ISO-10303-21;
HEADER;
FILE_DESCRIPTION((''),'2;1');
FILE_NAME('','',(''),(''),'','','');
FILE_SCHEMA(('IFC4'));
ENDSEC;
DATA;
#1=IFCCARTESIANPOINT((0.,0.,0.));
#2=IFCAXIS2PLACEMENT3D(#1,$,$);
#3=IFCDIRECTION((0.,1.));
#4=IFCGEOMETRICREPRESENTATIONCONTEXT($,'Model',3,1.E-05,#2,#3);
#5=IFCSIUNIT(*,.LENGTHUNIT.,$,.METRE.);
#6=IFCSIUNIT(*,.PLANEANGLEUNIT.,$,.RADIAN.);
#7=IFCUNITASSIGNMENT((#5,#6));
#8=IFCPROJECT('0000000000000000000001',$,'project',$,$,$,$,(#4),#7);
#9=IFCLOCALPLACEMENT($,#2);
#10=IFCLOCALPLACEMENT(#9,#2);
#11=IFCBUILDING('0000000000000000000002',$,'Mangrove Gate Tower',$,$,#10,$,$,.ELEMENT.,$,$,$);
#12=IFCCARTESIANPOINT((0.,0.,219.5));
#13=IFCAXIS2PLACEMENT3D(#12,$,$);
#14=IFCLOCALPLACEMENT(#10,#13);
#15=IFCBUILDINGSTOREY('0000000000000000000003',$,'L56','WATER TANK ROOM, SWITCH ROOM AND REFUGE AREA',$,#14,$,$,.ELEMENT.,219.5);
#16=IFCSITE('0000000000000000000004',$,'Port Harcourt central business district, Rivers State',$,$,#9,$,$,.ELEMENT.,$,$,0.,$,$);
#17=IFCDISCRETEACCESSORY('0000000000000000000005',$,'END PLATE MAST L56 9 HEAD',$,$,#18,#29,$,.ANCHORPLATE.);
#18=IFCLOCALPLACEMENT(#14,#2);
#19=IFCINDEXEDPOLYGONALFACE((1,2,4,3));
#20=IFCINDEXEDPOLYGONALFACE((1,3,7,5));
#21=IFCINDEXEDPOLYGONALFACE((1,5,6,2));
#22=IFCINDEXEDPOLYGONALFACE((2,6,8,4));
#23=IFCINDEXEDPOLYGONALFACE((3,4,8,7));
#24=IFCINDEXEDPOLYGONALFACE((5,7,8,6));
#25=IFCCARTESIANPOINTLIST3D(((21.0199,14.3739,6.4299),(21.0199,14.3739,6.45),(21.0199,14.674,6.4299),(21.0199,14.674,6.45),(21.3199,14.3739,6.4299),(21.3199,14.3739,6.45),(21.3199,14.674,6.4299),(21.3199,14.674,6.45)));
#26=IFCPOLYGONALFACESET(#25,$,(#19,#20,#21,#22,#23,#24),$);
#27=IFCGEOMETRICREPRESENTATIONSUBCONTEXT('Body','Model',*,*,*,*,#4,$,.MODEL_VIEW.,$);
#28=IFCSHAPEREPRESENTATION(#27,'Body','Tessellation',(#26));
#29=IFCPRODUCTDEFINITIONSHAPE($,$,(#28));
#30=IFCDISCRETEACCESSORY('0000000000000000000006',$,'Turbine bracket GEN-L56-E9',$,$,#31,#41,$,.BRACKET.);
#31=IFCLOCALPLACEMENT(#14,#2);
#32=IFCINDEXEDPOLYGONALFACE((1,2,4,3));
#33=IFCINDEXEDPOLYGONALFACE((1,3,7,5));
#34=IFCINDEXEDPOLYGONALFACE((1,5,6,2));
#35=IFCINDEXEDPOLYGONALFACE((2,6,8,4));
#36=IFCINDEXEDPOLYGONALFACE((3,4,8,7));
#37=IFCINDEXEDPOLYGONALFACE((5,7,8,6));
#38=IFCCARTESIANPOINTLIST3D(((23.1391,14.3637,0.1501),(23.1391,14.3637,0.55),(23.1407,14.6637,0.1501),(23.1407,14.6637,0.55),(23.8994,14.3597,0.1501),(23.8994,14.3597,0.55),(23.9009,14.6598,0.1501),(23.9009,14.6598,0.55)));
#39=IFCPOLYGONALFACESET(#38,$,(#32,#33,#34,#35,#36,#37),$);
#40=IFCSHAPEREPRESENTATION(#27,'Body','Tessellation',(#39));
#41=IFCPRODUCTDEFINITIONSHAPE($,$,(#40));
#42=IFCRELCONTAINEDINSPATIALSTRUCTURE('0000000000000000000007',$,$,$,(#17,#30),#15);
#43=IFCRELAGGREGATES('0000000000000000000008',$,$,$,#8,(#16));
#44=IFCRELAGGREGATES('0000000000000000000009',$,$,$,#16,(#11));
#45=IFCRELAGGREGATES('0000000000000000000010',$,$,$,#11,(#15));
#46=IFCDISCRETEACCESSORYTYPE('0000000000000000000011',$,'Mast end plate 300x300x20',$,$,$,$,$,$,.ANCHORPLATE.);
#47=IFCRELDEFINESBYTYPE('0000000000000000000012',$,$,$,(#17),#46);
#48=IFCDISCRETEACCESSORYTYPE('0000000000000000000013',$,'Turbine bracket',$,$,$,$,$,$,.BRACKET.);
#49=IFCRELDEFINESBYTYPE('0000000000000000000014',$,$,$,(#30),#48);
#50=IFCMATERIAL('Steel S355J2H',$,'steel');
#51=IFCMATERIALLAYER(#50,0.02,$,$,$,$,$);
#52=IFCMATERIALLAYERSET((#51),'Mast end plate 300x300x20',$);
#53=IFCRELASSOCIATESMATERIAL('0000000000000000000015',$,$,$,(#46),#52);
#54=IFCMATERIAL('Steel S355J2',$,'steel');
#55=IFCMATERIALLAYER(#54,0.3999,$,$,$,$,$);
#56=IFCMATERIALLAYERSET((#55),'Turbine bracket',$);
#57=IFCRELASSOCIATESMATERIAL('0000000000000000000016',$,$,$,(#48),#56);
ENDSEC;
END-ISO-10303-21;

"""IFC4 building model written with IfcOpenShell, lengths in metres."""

from ifc_helpers import new_model, si_unit, direction, frame, origin, origin_2d, place, context, subcontext, project, spatial, rectangle, extrude, material, layer, layer_set, type_object, element, save


model = new_model("IFC4")

# Units and contexts
model_context = context("Model", 3, precision=1e-05, world=origin(), true_north=direction((0.0, 1.0)))
body_context = subcontext(model_context, "Body", "Model", "MODEL_VIEW")
ifc_project = project(units=[si_unit("LENGTHUNIT", "METRE"), si_unit("PLANEANGLEUNIT", "RADIAN")], contexts=[model_context])

# Site, building, storey
site_placement = place(None, origin())
site = spatial("IfcSite", under=ifc_project, at=site_placement, Name="Port Harcourt central business district, Rivers State", CompositionType="ELEMENT", RefElevation=0.0)
building_placement = place(site_placement, origin())
building = spatial("IfcBuilding", under=site, at=building_placement, Name="Mangrove Gate Tower", CompositionType="ELEMENT")
storey_placement = place(building_placement, frame((0.0, 0.0, 219.5)))
storey = spatial("IfcBuildingStorey", under=building, at=storey_placement, Name="L56", Description="WATER TANK ROOM, SWITCH ROOM AND REFUGE AREA", CompositionType="ELEMENT", Elevation=219.5)

# Discrete accessories
ifc_material_1 = material(Name="Steel S355J2H", Category="steel")
ifc_layer_1 = layer(ifc_material_1, 0.02)
ifc_layer_set_1 = layer_set([ifc_layer_1], Name="Mast end plate 300x300x20")
discrete_accessory_type_1 = type_object("IfcDiscreteAccessoryType", Name="Mast end plate 300x300x20", PredefinedType="ANCHORPLATE", material=ifc_layer_set_1)
for number, where, z_axis, x_axis, name in (
    (1, (21.1699, 14.5239, 6.4299), (0.0, 0.0, 1.0), (1.0, 0.0, 0.0), "END PLATE MAST L56 9 HEAD"),
):
    element("IfcDiscreteAccessory", number, at=place(storey_placement, frame(where, z_axis=z_axis, x_axis=x_axis)), inside=storey, type_object=discrete_accessory_type_1, Name=name, PredefinedType="ANCHORPLATE", context=body_context, shape_type="SweptSolid", body=[
        extrude(rectangle(XDim=0.3, YDim=0.3, at=origin_2d()), origin(), (0.0, 0.0, 1.0), 0.02),
    ])
ifc_material_2 = material(Name="Steel S355J2", Category="steel")
ifc_layer_2 = layer(ifc_material_2, 0.3999)
ifc_layer_set_2 = layer_set([ifc_layer_2], Name="Turbine bracket")
discrete_accessory_type_2 = type_object("IfcDiscreteAccessoryType", Name="Turbine bracket", PredefinedType="BRACKET", material=ifc_layer_set_2)
discrete_accessory_placement = place(storey_placement, frame((23.52, 14.5117, 0.1501), z_axis=(0.0, 0.0, 1.0), x_axis=(-0.999986, 0.005199, 0.0)))
element("IfcDiscreteAccessory", 2, at=discrete_accessory_placement, inside=storey, type_object=discrete_accessory_type_2, Name="Turbine bracket GEN-L56-E9", PredefinedType="BRACKET", context=body_context, shape_type="SweptSolid", body=[
    extrude(rectangle(XDim=0.7603, YDim=0.3, at=origin_2d()), origin(), (0.0, 0.0, 1.0), 0.3999),
])

save(model, "model.ifc")
